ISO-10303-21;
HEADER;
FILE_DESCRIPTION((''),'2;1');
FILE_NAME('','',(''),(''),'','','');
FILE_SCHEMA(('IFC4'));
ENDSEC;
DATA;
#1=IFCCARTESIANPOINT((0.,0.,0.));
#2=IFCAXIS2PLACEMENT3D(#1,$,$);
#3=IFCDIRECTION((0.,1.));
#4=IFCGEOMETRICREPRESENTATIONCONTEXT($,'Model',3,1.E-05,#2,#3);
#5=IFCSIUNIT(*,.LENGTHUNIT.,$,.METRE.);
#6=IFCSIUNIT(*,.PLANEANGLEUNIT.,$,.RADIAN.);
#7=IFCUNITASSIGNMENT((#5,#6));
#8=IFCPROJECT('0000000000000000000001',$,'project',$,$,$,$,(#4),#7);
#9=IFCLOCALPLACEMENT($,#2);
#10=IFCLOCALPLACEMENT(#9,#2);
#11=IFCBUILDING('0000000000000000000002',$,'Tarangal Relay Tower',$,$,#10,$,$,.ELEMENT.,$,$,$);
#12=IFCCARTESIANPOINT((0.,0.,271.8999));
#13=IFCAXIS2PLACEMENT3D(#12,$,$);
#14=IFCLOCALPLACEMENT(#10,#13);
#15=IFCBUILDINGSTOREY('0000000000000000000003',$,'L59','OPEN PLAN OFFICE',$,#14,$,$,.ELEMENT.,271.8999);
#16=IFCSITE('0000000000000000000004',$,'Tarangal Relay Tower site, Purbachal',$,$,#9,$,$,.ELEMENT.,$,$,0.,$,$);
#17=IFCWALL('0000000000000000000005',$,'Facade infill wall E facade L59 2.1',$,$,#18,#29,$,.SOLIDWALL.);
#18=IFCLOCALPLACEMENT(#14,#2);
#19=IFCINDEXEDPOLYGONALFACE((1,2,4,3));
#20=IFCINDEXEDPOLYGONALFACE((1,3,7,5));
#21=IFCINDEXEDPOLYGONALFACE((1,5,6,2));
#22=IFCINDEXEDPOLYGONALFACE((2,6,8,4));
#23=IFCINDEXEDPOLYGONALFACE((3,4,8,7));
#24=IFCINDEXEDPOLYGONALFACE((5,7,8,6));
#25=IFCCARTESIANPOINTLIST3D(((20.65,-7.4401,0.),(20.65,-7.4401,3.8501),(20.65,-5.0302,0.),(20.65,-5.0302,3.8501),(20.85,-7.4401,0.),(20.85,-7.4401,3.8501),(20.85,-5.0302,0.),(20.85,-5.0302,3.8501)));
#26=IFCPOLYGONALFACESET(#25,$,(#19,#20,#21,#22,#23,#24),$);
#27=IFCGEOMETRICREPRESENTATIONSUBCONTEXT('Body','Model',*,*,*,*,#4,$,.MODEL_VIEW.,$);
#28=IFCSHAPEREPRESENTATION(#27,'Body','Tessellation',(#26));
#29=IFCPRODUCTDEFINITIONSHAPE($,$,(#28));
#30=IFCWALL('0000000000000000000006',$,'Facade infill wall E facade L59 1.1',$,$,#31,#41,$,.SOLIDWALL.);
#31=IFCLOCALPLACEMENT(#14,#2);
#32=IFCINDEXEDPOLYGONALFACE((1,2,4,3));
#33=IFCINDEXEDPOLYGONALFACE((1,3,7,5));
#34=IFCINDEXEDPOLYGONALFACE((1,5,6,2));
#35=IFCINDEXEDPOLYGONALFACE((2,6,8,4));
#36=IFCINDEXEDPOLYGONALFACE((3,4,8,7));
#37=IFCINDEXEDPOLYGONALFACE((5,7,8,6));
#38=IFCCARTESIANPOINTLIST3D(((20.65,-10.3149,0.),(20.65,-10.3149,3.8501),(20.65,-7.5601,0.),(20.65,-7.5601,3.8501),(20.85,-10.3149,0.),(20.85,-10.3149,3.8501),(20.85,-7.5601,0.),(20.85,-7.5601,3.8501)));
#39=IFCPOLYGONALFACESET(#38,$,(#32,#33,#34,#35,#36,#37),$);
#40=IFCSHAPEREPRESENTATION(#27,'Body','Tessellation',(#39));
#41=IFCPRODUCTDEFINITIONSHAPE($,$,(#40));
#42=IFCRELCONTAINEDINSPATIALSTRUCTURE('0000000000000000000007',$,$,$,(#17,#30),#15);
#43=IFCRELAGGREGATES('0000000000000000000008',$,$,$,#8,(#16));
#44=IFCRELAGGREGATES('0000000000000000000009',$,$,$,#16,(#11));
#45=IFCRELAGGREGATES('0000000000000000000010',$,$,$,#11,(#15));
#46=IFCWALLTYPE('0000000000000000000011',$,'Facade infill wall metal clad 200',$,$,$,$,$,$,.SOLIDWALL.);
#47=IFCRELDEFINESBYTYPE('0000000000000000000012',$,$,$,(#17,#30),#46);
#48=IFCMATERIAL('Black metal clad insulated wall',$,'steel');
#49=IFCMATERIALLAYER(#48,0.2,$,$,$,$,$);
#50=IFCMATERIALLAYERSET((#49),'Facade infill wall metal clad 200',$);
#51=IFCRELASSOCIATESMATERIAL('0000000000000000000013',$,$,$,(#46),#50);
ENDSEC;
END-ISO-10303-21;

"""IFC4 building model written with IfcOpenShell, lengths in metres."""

from ifc_helpers import new_model, si_unit, direction, frame, frame_2d, origin, place, context, subcontext, project, spatial, rectangle, extrude, material, layer, layer_set, type_object, element, save


model = new_model("IFC4")

# Units and contexts
model_context = context("Model", 3, precision=1e-05, world=origin(), true_north=direction((0.0, 1.0)))
body_context = subcontext(model_context, "Body", "Model", "MODEL_VIEW")
ifc_project = project(units=[si_unit("LENGTHUNIT", "METRE"), si_unit("PLANEANGLEUNIT", "RADIAN")], contexts=[model_context])

# Site, building, storey
site_placement = place(None, origin())
site = spatial("IfcSite", under=ifc_project, at=site_placement, Name="Tarangal Relay Tower site, Purbachal", CompositionType="ELEMENT", RefElevation=0.0)
building_placement = place(site_placement, origin())
building = spatial("IfcBuilding", under=site, at=building_placement, Name="Tarangal Relay Tower", CompositionType="ELEMENT")
storey_placement = place(building_placement, frame((0.0, 0.0, 271.8999)))
storey = spatial("IfcBuildingStorey", under=building, at=storey_placement, Name="L59", Description="OPEN PLAN OFFICE", CompositionType="ELEMENT", Elevation=271.8999)

# Walls
ifc_material_1 = material(Name="Black metal clad insulated wall", Category="steel")
ifc_layer_1 = layer(ifc_material_1, 0.2)
ifc_layer_set_1 = layer_set([ifc_layer_1], Name="Facade infill wall metal clad 200")
wall_type_1 = type_object("IfcWallType", Name="Facade infill wall metal clad 200", PredefinedType="SOLIDWALL", material=ifc_layer_set_1)
for number, where, z_axis, x_axis, name in (
    (1, (20.75, -5.03, 0.0), (0.0, 0.0, 1.0), (0.0, -1.0, 0.0), "Facade infill wall E facade L59 2.1"),
):
    element("IfcWall", number, at=place(storey_placement, frame(where, z_axis=z_axis, x_axis=x_axis)), inside=storey, type_object=wall_type_1, Name=name, PredefinedType="SOLIDWALL", context=body_context, shape_type="SweptSolid", body=[
        extrude(rectangle(XDim=2.4099, YDim=0.2, at=frame_2d((1.2051, 0.0))), origin(), (0.0, 0.0, 1.0), 3.8501),
    ])
wall_1_placement = place(storey_placement, frame((20.75, -7.5601, 0.0), z_axis=(0.0, 0.0, 1.0), x_axis=(0.0, -1.0, 0.0)))
element("IfcWall", 2, at=wall_1_placement, inside=storey, type_object=wall_type_1, Name="Facade infill wall E facade L59 1.1", PredefinedType="SOLIDWALL", context=body_context, shape_type="SweptSolid", body=[
    extrude(rectangle(XDim=2.7549, YDim=0.2, at=frame_2d((1.3774, 0.0))), origin(), (0.0, 0.0, 1.0), 3.8501),
])

save(model, "model.ifc")
